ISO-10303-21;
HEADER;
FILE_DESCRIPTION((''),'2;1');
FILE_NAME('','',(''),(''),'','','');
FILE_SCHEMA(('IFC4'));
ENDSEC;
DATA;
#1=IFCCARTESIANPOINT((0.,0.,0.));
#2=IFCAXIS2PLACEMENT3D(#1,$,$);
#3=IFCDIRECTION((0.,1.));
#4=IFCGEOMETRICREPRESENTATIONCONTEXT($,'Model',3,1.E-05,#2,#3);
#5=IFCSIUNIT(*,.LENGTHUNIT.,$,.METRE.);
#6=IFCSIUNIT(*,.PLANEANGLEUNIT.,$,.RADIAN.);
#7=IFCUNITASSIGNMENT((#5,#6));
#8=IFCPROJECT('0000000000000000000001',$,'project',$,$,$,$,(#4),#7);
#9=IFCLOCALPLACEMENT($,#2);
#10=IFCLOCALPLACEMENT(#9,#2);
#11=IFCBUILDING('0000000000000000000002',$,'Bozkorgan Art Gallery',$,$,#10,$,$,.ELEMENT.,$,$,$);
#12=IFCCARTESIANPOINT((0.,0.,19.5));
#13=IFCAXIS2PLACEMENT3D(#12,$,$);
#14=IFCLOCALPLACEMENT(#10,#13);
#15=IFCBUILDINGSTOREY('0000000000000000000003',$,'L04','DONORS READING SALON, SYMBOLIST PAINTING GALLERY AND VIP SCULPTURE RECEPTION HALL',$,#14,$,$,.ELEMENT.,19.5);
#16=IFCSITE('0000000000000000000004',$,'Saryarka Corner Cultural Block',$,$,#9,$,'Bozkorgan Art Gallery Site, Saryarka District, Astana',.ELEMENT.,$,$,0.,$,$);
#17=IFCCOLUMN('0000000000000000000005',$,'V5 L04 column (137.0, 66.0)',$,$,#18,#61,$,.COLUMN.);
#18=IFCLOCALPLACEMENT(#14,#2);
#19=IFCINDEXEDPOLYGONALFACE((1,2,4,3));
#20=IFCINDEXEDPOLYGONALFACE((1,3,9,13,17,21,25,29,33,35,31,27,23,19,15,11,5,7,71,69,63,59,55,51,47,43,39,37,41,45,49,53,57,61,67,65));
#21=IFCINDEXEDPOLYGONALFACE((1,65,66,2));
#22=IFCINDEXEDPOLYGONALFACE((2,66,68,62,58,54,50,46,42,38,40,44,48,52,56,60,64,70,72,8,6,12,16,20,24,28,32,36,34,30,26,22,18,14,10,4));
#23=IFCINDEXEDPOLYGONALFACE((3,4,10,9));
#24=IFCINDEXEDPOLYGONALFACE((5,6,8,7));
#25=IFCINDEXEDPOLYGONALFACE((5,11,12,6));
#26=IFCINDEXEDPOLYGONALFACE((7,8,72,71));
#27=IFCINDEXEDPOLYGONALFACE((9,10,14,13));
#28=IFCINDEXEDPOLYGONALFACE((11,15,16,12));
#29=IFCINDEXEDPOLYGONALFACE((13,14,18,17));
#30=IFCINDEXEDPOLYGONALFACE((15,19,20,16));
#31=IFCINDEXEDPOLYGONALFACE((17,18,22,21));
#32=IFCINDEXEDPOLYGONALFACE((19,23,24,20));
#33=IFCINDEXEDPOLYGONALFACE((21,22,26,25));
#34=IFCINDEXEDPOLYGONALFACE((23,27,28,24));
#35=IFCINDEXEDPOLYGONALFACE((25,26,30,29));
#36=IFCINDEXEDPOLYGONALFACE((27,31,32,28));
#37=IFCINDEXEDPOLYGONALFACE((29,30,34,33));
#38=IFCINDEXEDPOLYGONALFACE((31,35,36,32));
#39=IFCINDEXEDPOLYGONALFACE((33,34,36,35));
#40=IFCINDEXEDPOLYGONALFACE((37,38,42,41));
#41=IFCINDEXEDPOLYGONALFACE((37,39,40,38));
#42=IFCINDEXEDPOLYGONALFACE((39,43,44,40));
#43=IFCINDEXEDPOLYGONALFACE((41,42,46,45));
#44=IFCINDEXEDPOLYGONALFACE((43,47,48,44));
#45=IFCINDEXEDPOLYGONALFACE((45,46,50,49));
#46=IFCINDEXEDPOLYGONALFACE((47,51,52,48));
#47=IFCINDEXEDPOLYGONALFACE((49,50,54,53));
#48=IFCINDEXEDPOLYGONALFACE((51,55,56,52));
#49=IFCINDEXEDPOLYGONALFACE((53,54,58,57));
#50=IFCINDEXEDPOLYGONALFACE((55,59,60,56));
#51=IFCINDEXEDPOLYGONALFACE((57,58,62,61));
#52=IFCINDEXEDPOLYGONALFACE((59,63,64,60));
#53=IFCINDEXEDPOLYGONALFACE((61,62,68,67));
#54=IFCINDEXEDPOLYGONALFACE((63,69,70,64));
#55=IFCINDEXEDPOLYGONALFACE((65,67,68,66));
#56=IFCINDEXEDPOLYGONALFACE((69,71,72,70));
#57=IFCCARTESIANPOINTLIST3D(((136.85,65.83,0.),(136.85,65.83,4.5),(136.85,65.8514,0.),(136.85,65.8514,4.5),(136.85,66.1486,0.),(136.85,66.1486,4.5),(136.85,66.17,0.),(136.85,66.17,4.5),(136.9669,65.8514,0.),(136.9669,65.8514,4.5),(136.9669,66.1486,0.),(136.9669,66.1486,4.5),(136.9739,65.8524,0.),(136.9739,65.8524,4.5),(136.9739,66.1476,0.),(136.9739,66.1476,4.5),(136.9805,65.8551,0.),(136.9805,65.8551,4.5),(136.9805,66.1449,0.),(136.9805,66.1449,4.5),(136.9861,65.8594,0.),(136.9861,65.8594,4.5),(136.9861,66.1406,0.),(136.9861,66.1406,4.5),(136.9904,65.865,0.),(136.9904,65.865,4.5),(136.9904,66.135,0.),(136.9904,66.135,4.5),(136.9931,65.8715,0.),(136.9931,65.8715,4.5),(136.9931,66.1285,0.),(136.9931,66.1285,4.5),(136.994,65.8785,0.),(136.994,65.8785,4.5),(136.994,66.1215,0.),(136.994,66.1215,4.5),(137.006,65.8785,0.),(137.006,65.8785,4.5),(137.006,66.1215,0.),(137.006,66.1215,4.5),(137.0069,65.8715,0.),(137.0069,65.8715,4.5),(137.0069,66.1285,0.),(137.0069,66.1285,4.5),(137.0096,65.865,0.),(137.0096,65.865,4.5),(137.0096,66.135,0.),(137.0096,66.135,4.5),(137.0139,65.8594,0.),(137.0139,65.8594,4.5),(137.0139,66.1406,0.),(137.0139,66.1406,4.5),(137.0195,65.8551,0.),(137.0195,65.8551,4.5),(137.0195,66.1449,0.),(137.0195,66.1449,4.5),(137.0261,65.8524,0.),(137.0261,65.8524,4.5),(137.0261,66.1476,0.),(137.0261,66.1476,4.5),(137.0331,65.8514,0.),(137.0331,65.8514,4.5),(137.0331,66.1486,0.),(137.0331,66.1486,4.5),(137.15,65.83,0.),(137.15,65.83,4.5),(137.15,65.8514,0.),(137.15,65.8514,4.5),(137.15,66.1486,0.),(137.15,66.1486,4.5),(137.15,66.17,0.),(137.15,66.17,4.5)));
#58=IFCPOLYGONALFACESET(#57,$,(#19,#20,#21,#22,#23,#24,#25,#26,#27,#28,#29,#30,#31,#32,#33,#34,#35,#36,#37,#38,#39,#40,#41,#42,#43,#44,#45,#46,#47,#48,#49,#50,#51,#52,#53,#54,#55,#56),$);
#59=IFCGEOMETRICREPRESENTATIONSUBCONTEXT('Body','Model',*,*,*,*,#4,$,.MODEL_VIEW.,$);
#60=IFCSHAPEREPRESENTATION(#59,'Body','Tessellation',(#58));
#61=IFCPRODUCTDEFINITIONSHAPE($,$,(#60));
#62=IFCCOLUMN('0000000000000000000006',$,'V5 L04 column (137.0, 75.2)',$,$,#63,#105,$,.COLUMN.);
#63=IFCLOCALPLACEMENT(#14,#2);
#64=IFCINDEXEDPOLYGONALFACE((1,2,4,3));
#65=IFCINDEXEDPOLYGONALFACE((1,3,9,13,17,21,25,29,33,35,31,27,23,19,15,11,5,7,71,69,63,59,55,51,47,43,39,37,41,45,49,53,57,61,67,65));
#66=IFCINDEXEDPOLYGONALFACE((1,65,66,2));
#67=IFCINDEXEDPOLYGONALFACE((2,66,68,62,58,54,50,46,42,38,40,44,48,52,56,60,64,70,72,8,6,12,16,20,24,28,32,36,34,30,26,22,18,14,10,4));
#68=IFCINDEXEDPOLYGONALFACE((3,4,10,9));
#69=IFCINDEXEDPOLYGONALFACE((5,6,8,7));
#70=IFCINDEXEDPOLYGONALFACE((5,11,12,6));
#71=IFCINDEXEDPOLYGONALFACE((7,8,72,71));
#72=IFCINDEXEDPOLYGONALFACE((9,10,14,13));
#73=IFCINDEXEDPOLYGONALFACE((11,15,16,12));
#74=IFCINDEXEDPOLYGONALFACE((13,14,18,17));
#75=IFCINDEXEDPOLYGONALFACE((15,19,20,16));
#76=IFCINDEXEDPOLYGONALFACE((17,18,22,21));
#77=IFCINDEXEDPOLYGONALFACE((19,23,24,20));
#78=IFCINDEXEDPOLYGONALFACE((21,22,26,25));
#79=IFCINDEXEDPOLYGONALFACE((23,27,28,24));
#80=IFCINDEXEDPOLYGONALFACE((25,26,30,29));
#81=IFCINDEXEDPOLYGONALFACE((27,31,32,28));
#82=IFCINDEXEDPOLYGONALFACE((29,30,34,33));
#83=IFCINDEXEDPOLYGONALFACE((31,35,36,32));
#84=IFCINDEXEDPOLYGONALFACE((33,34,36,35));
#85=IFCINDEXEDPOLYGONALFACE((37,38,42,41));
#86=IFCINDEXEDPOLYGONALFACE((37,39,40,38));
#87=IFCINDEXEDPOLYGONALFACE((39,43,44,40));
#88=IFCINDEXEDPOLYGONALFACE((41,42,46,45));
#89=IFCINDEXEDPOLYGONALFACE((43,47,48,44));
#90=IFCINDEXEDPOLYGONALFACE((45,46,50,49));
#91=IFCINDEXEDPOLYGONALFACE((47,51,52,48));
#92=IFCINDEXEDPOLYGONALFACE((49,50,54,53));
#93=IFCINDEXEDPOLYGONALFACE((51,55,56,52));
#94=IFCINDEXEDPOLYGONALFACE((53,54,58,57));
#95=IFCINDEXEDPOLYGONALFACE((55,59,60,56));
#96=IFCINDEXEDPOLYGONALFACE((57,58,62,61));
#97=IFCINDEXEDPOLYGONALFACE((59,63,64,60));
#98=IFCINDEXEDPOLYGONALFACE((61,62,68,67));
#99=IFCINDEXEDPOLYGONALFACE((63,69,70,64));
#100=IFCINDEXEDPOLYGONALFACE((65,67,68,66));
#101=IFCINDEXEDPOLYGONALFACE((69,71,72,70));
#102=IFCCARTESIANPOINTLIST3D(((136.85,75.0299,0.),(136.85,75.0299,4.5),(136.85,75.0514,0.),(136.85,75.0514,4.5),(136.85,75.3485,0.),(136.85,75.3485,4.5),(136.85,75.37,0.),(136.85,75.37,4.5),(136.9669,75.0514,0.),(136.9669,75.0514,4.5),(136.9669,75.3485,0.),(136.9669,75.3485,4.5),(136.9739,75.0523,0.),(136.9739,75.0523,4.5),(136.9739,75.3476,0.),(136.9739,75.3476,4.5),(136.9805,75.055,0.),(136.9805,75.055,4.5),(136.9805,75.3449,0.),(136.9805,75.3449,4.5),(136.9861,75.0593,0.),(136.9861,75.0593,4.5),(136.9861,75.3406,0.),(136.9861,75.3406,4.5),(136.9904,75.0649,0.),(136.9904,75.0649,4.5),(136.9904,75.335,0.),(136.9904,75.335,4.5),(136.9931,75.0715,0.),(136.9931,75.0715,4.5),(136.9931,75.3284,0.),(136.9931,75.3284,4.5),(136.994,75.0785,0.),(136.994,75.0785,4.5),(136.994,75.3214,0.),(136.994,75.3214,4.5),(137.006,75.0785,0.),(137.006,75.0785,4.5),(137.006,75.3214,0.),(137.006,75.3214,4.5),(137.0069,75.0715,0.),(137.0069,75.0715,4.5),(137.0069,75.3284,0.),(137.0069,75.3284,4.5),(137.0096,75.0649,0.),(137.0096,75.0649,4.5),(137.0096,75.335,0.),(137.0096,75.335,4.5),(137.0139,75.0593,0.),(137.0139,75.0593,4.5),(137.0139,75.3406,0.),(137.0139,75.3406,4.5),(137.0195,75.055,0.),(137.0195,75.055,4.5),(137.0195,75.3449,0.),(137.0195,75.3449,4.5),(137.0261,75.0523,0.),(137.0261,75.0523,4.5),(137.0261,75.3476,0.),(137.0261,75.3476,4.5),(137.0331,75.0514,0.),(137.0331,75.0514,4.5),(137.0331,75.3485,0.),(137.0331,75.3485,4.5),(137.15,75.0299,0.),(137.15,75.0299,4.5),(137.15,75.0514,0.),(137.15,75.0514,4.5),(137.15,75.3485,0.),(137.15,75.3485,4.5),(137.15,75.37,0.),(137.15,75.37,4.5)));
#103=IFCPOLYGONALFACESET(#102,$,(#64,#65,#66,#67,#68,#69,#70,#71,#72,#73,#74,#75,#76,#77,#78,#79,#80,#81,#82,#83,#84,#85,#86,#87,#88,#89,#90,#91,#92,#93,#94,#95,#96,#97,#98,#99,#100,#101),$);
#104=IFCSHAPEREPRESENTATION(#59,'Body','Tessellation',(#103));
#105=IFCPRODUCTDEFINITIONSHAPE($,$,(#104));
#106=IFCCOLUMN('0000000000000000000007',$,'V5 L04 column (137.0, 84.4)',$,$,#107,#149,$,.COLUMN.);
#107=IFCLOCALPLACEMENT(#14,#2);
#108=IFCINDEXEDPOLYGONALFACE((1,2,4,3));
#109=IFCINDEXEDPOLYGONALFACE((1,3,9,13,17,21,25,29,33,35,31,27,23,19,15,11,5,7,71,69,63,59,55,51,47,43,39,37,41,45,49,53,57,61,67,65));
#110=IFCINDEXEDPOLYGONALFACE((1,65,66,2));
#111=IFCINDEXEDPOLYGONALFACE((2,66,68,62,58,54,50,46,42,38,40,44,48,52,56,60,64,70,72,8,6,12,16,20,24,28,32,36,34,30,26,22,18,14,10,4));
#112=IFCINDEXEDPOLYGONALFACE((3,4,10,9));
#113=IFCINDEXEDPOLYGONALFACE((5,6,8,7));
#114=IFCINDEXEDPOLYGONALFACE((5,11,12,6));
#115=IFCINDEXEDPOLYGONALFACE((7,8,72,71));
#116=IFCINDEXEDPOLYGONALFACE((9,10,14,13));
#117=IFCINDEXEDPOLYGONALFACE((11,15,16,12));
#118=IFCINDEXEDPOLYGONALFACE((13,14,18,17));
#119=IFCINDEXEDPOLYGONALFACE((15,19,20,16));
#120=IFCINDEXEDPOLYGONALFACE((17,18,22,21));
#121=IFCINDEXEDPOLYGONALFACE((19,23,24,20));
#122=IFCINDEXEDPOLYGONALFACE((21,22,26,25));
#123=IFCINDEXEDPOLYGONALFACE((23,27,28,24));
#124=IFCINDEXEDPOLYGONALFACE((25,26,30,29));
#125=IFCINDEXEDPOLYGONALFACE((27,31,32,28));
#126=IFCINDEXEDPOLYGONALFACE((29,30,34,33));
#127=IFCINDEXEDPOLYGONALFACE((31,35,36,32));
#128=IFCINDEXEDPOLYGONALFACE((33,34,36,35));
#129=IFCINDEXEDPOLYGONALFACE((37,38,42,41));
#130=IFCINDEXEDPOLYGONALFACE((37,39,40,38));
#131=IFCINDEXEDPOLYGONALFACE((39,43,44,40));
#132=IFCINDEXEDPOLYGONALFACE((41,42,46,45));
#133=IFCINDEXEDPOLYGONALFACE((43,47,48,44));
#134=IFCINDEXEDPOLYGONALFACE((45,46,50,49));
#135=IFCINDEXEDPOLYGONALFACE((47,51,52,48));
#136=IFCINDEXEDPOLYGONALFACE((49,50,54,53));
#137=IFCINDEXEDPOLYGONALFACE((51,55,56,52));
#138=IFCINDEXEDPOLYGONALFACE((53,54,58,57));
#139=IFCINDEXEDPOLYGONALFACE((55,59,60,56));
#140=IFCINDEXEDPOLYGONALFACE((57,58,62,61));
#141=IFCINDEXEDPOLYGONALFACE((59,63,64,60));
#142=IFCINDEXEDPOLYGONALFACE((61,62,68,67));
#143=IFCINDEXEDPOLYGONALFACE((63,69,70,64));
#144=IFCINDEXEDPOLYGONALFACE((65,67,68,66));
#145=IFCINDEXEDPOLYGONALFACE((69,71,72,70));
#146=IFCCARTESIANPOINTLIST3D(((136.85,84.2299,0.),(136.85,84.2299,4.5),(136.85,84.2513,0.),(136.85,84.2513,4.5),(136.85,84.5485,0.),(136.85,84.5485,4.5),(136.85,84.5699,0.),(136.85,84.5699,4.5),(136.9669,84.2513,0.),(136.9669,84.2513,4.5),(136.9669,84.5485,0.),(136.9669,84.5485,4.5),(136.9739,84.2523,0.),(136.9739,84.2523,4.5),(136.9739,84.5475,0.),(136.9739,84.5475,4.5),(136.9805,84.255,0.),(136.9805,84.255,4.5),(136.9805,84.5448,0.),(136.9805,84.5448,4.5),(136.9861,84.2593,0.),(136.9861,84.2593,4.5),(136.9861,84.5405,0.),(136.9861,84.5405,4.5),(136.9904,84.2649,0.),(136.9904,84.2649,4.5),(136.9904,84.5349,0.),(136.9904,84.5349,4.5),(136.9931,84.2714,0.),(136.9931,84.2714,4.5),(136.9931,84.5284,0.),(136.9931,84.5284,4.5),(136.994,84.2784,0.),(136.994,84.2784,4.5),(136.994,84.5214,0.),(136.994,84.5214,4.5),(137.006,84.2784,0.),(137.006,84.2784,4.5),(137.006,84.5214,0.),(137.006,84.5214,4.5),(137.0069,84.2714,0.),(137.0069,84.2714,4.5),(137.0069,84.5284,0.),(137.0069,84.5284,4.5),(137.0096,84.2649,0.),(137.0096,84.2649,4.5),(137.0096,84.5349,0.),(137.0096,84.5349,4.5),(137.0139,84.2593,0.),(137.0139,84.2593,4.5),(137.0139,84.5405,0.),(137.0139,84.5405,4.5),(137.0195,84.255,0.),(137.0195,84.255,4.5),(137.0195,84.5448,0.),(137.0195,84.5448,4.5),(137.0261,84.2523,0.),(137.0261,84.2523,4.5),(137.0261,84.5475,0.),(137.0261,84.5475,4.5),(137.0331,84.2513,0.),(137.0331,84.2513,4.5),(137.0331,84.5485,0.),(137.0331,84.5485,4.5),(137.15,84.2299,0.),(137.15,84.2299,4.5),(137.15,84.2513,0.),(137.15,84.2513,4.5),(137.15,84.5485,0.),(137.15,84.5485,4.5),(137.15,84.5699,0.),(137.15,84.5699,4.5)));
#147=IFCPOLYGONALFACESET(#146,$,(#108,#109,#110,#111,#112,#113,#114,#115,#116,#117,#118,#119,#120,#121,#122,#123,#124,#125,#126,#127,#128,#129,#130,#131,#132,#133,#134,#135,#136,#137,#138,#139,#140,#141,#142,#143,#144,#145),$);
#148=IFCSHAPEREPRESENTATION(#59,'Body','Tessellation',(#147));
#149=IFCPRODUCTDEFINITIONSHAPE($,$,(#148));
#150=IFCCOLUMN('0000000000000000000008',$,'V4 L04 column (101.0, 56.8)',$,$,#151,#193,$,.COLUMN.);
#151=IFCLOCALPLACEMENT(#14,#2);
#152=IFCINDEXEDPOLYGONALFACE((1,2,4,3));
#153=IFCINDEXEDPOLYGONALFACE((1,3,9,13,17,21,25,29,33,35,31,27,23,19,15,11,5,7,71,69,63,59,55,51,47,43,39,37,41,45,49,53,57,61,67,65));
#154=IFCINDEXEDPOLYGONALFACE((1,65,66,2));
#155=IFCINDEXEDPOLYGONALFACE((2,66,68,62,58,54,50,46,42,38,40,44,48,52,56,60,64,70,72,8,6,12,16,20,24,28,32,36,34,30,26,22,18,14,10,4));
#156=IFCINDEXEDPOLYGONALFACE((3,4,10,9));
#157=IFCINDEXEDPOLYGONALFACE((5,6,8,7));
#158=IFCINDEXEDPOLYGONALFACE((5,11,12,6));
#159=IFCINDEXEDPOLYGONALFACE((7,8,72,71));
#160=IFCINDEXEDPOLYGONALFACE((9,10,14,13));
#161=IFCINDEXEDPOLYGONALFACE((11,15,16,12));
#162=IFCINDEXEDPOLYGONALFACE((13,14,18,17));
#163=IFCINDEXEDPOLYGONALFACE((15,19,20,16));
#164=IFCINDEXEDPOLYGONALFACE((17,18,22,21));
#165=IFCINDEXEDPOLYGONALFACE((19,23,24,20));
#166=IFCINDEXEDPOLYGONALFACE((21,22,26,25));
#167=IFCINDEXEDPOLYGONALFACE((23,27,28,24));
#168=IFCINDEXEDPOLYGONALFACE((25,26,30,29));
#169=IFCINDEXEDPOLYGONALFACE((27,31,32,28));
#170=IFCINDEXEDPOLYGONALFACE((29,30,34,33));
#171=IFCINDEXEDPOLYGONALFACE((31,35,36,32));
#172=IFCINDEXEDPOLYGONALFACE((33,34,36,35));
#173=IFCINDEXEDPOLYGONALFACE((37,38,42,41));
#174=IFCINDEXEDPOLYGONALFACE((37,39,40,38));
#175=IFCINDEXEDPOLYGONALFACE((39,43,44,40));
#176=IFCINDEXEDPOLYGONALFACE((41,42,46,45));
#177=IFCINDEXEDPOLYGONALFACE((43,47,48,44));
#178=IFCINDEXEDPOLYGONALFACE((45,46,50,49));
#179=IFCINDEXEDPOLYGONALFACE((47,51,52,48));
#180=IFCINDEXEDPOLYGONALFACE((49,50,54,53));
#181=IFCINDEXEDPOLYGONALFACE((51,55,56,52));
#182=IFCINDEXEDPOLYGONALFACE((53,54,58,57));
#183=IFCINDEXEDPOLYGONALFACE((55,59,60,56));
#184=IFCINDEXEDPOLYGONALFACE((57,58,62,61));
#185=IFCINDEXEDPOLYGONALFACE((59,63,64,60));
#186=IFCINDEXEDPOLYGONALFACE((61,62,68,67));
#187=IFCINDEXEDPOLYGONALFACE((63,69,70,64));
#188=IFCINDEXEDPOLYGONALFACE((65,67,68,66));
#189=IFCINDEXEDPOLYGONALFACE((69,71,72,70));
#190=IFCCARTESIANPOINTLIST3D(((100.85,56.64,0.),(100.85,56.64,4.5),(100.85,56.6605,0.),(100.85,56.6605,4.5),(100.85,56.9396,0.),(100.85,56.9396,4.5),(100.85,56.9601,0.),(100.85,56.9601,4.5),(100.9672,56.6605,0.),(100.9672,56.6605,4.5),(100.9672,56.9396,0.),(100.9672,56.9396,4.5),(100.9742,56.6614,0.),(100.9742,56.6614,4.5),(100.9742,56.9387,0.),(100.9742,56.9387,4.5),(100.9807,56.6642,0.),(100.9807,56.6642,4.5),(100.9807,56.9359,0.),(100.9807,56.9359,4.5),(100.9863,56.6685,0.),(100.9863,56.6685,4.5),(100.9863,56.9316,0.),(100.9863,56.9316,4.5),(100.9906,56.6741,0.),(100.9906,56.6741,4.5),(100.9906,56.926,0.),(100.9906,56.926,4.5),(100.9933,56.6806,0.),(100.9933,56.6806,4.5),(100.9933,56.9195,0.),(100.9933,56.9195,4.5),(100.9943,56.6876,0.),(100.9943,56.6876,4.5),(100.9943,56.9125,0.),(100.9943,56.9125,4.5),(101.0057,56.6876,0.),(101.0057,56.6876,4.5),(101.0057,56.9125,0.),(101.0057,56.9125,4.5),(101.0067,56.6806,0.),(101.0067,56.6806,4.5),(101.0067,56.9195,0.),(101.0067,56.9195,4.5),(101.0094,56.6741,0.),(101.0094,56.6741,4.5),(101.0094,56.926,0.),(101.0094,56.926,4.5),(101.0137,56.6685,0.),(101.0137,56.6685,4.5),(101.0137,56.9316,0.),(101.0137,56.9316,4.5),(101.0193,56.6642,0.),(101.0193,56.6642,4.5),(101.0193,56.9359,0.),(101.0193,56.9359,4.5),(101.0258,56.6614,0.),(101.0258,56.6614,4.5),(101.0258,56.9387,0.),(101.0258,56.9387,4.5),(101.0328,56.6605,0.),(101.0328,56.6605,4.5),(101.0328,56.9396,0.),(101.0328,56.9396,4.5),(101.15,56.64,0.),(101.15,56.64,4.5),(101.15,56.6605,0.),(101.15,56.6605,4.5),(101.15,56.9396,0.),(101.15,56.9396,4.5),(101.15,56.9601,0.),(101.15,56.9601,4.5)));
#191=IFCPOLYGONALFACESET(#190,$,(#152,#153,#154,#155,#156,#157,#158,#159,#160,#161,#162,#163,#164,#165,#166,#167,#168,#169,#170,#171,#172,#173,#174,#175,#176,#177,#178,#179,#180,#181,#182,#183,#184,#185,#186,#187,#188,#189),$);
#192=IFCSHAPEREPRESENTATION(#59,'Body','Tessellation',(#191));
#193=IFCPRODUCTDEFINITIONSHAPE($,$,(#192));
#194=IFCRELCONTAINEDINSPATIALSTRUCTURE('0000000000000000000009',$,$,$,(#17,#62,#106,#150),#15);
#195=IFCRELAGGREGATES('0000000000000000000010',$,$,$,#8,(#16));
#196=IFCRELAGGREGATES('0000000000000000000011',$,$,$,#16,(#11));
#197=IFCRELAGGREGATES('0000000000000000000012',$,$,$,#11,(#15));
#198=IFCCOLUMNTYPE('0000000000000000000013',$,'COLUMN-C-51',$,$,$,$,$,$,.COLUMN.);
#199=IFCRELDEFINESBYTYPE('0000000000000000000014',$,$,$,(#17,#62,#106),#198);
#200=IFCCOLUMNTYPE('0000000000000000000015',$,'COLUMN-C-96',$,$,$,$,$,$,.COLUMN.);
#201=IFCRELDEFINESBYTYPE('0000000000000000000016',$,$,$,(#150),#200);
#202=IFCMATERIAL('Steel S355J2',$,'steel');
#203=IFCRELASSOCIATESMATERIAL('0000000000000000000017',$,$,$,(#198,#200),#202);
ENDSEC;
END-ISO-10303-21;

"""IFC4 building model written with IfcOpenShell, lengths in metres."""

from ifc_helpers import new_model, si_unit, direction, frame, origin, origin_2d, place, context, subcontext, project, spatial, i_section, extrude, material, material_profile, profile_set, type_object, element, save


model = new_model("IFC4")

# Units and contexts
model_context = context("Model", 3, precision=1e-05, world=origin(), true_north=direction((0.0, 1.0)))
body_context = subcontext(model_context, "Body", "Model", "MODEL_VIEW")
ifc_project = project(units=[si_unit("LENGTHUNIT", "METRE"), si_unit("PLANEANGLEUNIT", "RADIAN")], contexts=[model_context])

# Site, building, storey
site_placement = place(None, origin())
site = spatial("IfcSite", under=ifc_project, at=site_placement, Name="Saryarka Corner Cultural Block", LongName="Bozkorgan Art Gallery Site, Saryarka District, Astana", CompositionType="ELEMENT", RefElevation=0.0)
building_placement = place(site_placement, origin())
building = spatial("IfcBuilding", under=site, at=building_placement, Name="Bozkorgan Art Gallery", CompositionType="ELEMENT")
storey_placement = place(building_placement, frame((0.0, 0.0, 19.5)))
storey = spatial("IfcBuildingStorey", under=building, at=storey_placement, Name="L04", Description="DONORS READING SALON, SYMBOLIST PAINTING GALLERY AND VIP SCULPTURE RECEPTION HALL", CompositionType="ELEMENT", Elevation=19.5)

# Columns
ifc_material_1 = material(Name="Steel S355J2", Category="steel")
ifc_material_profile_1 = material_profile(ifc_material_1, i_section(OverallWidth=0.3, OverallDepth=0.3401, WebThickness=0.012, FlangeThickness=0.0215, FilletRadius=0.0271, at=origin_2d()), Name="HEB 340")
ifc_profile_set_1 = profile_set([ifc_material_profile_1], Name="Steel S355J2")
column_type_1 = type_object("IfcColumnType", Name="COLUMN-C-51", PredefinedType="COLUMN", material=ifc_profile_set_1)
for number, where, z_axis, x_axis, name in (
    (1, (137.0, 66.0, 0.0), (0.0, 0.0, 1.0), (1.0, 0.0, 0.0), "V5 L04 column (137.0, 66.0)"),
    (2, (137.0, 75.2, 0.0), (0.0, 0.0, 1.0), (1.0, 0.0, 0.0), "V5 L04 column (137.0, 75.2)"),
    (3, (137.0, 84.3999, 0.0), (0.0, 0.0, 1.0), (1.0, 0.0, 0.0), "V5 L04 column (137.0, 84.4)"),
):
    element("IfcColumn", number, at=place(storey_placement, frame(where, z_axis=z_axis, x_axis=x_axis)), inside=storey, type_object=column_type_1, Name=name, PredefinedType="COLUMN", context=body_context, shape_type="SweptSolid", body=[
        extrude(i_section(OverallWidth=0.3, OverallDepth=0.3401, WebThickness=0.012, FlangeThickness=0.0215, FilletRadius=0.0271, at=origin_2d()), origin(), (0.0, 0.0, 1.0), 4.5),
    ])
ifc_material_profile_2 = material_profile(ifc_material_1, i_section(OverallWidth=0.3, OverallDepth=0.3201, WebThickness=0.0115, FlangeThickness=0.0205, FilletRadius=0.0271, at=origin_2d()), Name="HEB 320")
ifc_profile_set_2 = profile_set([ifc_material_profile_2], Name="Steel S355J2")
column_type_2 = type_object("IfcColumnType", Name="COLUMN-C-96", PredefinedType="COLUMN", material=ifc_profile_set_2)
for number, where, z_axis, x_axis, name in (
    (4, (101.0, 56.8, 0.0), (0.0, 0.0, 1.0), (1.0, 0.0, 0.0), "V4 L04 column (101.0, 56.8)"),
):
    element("IfcColumn", number, at=place(storey_placement, frame(where, z_axis=z_axis, x_axis=x_axis)), inside=storey, type_object=column_type_2, Name=name, PredefinedType="COLUMN", context=body_context, shape_type="SweptSolid", body=[
        extrude(i_section(OverallWidth=0.3, OverallDepth=0.3201, WebThickness=0.0115, FlangeThickness=0.0205, FilletRadius=0.0271, at=origin_2d()), origin(), (0.0, 0.0, 1.0), 4.5),
    ])

save(model, "model.ifc")
